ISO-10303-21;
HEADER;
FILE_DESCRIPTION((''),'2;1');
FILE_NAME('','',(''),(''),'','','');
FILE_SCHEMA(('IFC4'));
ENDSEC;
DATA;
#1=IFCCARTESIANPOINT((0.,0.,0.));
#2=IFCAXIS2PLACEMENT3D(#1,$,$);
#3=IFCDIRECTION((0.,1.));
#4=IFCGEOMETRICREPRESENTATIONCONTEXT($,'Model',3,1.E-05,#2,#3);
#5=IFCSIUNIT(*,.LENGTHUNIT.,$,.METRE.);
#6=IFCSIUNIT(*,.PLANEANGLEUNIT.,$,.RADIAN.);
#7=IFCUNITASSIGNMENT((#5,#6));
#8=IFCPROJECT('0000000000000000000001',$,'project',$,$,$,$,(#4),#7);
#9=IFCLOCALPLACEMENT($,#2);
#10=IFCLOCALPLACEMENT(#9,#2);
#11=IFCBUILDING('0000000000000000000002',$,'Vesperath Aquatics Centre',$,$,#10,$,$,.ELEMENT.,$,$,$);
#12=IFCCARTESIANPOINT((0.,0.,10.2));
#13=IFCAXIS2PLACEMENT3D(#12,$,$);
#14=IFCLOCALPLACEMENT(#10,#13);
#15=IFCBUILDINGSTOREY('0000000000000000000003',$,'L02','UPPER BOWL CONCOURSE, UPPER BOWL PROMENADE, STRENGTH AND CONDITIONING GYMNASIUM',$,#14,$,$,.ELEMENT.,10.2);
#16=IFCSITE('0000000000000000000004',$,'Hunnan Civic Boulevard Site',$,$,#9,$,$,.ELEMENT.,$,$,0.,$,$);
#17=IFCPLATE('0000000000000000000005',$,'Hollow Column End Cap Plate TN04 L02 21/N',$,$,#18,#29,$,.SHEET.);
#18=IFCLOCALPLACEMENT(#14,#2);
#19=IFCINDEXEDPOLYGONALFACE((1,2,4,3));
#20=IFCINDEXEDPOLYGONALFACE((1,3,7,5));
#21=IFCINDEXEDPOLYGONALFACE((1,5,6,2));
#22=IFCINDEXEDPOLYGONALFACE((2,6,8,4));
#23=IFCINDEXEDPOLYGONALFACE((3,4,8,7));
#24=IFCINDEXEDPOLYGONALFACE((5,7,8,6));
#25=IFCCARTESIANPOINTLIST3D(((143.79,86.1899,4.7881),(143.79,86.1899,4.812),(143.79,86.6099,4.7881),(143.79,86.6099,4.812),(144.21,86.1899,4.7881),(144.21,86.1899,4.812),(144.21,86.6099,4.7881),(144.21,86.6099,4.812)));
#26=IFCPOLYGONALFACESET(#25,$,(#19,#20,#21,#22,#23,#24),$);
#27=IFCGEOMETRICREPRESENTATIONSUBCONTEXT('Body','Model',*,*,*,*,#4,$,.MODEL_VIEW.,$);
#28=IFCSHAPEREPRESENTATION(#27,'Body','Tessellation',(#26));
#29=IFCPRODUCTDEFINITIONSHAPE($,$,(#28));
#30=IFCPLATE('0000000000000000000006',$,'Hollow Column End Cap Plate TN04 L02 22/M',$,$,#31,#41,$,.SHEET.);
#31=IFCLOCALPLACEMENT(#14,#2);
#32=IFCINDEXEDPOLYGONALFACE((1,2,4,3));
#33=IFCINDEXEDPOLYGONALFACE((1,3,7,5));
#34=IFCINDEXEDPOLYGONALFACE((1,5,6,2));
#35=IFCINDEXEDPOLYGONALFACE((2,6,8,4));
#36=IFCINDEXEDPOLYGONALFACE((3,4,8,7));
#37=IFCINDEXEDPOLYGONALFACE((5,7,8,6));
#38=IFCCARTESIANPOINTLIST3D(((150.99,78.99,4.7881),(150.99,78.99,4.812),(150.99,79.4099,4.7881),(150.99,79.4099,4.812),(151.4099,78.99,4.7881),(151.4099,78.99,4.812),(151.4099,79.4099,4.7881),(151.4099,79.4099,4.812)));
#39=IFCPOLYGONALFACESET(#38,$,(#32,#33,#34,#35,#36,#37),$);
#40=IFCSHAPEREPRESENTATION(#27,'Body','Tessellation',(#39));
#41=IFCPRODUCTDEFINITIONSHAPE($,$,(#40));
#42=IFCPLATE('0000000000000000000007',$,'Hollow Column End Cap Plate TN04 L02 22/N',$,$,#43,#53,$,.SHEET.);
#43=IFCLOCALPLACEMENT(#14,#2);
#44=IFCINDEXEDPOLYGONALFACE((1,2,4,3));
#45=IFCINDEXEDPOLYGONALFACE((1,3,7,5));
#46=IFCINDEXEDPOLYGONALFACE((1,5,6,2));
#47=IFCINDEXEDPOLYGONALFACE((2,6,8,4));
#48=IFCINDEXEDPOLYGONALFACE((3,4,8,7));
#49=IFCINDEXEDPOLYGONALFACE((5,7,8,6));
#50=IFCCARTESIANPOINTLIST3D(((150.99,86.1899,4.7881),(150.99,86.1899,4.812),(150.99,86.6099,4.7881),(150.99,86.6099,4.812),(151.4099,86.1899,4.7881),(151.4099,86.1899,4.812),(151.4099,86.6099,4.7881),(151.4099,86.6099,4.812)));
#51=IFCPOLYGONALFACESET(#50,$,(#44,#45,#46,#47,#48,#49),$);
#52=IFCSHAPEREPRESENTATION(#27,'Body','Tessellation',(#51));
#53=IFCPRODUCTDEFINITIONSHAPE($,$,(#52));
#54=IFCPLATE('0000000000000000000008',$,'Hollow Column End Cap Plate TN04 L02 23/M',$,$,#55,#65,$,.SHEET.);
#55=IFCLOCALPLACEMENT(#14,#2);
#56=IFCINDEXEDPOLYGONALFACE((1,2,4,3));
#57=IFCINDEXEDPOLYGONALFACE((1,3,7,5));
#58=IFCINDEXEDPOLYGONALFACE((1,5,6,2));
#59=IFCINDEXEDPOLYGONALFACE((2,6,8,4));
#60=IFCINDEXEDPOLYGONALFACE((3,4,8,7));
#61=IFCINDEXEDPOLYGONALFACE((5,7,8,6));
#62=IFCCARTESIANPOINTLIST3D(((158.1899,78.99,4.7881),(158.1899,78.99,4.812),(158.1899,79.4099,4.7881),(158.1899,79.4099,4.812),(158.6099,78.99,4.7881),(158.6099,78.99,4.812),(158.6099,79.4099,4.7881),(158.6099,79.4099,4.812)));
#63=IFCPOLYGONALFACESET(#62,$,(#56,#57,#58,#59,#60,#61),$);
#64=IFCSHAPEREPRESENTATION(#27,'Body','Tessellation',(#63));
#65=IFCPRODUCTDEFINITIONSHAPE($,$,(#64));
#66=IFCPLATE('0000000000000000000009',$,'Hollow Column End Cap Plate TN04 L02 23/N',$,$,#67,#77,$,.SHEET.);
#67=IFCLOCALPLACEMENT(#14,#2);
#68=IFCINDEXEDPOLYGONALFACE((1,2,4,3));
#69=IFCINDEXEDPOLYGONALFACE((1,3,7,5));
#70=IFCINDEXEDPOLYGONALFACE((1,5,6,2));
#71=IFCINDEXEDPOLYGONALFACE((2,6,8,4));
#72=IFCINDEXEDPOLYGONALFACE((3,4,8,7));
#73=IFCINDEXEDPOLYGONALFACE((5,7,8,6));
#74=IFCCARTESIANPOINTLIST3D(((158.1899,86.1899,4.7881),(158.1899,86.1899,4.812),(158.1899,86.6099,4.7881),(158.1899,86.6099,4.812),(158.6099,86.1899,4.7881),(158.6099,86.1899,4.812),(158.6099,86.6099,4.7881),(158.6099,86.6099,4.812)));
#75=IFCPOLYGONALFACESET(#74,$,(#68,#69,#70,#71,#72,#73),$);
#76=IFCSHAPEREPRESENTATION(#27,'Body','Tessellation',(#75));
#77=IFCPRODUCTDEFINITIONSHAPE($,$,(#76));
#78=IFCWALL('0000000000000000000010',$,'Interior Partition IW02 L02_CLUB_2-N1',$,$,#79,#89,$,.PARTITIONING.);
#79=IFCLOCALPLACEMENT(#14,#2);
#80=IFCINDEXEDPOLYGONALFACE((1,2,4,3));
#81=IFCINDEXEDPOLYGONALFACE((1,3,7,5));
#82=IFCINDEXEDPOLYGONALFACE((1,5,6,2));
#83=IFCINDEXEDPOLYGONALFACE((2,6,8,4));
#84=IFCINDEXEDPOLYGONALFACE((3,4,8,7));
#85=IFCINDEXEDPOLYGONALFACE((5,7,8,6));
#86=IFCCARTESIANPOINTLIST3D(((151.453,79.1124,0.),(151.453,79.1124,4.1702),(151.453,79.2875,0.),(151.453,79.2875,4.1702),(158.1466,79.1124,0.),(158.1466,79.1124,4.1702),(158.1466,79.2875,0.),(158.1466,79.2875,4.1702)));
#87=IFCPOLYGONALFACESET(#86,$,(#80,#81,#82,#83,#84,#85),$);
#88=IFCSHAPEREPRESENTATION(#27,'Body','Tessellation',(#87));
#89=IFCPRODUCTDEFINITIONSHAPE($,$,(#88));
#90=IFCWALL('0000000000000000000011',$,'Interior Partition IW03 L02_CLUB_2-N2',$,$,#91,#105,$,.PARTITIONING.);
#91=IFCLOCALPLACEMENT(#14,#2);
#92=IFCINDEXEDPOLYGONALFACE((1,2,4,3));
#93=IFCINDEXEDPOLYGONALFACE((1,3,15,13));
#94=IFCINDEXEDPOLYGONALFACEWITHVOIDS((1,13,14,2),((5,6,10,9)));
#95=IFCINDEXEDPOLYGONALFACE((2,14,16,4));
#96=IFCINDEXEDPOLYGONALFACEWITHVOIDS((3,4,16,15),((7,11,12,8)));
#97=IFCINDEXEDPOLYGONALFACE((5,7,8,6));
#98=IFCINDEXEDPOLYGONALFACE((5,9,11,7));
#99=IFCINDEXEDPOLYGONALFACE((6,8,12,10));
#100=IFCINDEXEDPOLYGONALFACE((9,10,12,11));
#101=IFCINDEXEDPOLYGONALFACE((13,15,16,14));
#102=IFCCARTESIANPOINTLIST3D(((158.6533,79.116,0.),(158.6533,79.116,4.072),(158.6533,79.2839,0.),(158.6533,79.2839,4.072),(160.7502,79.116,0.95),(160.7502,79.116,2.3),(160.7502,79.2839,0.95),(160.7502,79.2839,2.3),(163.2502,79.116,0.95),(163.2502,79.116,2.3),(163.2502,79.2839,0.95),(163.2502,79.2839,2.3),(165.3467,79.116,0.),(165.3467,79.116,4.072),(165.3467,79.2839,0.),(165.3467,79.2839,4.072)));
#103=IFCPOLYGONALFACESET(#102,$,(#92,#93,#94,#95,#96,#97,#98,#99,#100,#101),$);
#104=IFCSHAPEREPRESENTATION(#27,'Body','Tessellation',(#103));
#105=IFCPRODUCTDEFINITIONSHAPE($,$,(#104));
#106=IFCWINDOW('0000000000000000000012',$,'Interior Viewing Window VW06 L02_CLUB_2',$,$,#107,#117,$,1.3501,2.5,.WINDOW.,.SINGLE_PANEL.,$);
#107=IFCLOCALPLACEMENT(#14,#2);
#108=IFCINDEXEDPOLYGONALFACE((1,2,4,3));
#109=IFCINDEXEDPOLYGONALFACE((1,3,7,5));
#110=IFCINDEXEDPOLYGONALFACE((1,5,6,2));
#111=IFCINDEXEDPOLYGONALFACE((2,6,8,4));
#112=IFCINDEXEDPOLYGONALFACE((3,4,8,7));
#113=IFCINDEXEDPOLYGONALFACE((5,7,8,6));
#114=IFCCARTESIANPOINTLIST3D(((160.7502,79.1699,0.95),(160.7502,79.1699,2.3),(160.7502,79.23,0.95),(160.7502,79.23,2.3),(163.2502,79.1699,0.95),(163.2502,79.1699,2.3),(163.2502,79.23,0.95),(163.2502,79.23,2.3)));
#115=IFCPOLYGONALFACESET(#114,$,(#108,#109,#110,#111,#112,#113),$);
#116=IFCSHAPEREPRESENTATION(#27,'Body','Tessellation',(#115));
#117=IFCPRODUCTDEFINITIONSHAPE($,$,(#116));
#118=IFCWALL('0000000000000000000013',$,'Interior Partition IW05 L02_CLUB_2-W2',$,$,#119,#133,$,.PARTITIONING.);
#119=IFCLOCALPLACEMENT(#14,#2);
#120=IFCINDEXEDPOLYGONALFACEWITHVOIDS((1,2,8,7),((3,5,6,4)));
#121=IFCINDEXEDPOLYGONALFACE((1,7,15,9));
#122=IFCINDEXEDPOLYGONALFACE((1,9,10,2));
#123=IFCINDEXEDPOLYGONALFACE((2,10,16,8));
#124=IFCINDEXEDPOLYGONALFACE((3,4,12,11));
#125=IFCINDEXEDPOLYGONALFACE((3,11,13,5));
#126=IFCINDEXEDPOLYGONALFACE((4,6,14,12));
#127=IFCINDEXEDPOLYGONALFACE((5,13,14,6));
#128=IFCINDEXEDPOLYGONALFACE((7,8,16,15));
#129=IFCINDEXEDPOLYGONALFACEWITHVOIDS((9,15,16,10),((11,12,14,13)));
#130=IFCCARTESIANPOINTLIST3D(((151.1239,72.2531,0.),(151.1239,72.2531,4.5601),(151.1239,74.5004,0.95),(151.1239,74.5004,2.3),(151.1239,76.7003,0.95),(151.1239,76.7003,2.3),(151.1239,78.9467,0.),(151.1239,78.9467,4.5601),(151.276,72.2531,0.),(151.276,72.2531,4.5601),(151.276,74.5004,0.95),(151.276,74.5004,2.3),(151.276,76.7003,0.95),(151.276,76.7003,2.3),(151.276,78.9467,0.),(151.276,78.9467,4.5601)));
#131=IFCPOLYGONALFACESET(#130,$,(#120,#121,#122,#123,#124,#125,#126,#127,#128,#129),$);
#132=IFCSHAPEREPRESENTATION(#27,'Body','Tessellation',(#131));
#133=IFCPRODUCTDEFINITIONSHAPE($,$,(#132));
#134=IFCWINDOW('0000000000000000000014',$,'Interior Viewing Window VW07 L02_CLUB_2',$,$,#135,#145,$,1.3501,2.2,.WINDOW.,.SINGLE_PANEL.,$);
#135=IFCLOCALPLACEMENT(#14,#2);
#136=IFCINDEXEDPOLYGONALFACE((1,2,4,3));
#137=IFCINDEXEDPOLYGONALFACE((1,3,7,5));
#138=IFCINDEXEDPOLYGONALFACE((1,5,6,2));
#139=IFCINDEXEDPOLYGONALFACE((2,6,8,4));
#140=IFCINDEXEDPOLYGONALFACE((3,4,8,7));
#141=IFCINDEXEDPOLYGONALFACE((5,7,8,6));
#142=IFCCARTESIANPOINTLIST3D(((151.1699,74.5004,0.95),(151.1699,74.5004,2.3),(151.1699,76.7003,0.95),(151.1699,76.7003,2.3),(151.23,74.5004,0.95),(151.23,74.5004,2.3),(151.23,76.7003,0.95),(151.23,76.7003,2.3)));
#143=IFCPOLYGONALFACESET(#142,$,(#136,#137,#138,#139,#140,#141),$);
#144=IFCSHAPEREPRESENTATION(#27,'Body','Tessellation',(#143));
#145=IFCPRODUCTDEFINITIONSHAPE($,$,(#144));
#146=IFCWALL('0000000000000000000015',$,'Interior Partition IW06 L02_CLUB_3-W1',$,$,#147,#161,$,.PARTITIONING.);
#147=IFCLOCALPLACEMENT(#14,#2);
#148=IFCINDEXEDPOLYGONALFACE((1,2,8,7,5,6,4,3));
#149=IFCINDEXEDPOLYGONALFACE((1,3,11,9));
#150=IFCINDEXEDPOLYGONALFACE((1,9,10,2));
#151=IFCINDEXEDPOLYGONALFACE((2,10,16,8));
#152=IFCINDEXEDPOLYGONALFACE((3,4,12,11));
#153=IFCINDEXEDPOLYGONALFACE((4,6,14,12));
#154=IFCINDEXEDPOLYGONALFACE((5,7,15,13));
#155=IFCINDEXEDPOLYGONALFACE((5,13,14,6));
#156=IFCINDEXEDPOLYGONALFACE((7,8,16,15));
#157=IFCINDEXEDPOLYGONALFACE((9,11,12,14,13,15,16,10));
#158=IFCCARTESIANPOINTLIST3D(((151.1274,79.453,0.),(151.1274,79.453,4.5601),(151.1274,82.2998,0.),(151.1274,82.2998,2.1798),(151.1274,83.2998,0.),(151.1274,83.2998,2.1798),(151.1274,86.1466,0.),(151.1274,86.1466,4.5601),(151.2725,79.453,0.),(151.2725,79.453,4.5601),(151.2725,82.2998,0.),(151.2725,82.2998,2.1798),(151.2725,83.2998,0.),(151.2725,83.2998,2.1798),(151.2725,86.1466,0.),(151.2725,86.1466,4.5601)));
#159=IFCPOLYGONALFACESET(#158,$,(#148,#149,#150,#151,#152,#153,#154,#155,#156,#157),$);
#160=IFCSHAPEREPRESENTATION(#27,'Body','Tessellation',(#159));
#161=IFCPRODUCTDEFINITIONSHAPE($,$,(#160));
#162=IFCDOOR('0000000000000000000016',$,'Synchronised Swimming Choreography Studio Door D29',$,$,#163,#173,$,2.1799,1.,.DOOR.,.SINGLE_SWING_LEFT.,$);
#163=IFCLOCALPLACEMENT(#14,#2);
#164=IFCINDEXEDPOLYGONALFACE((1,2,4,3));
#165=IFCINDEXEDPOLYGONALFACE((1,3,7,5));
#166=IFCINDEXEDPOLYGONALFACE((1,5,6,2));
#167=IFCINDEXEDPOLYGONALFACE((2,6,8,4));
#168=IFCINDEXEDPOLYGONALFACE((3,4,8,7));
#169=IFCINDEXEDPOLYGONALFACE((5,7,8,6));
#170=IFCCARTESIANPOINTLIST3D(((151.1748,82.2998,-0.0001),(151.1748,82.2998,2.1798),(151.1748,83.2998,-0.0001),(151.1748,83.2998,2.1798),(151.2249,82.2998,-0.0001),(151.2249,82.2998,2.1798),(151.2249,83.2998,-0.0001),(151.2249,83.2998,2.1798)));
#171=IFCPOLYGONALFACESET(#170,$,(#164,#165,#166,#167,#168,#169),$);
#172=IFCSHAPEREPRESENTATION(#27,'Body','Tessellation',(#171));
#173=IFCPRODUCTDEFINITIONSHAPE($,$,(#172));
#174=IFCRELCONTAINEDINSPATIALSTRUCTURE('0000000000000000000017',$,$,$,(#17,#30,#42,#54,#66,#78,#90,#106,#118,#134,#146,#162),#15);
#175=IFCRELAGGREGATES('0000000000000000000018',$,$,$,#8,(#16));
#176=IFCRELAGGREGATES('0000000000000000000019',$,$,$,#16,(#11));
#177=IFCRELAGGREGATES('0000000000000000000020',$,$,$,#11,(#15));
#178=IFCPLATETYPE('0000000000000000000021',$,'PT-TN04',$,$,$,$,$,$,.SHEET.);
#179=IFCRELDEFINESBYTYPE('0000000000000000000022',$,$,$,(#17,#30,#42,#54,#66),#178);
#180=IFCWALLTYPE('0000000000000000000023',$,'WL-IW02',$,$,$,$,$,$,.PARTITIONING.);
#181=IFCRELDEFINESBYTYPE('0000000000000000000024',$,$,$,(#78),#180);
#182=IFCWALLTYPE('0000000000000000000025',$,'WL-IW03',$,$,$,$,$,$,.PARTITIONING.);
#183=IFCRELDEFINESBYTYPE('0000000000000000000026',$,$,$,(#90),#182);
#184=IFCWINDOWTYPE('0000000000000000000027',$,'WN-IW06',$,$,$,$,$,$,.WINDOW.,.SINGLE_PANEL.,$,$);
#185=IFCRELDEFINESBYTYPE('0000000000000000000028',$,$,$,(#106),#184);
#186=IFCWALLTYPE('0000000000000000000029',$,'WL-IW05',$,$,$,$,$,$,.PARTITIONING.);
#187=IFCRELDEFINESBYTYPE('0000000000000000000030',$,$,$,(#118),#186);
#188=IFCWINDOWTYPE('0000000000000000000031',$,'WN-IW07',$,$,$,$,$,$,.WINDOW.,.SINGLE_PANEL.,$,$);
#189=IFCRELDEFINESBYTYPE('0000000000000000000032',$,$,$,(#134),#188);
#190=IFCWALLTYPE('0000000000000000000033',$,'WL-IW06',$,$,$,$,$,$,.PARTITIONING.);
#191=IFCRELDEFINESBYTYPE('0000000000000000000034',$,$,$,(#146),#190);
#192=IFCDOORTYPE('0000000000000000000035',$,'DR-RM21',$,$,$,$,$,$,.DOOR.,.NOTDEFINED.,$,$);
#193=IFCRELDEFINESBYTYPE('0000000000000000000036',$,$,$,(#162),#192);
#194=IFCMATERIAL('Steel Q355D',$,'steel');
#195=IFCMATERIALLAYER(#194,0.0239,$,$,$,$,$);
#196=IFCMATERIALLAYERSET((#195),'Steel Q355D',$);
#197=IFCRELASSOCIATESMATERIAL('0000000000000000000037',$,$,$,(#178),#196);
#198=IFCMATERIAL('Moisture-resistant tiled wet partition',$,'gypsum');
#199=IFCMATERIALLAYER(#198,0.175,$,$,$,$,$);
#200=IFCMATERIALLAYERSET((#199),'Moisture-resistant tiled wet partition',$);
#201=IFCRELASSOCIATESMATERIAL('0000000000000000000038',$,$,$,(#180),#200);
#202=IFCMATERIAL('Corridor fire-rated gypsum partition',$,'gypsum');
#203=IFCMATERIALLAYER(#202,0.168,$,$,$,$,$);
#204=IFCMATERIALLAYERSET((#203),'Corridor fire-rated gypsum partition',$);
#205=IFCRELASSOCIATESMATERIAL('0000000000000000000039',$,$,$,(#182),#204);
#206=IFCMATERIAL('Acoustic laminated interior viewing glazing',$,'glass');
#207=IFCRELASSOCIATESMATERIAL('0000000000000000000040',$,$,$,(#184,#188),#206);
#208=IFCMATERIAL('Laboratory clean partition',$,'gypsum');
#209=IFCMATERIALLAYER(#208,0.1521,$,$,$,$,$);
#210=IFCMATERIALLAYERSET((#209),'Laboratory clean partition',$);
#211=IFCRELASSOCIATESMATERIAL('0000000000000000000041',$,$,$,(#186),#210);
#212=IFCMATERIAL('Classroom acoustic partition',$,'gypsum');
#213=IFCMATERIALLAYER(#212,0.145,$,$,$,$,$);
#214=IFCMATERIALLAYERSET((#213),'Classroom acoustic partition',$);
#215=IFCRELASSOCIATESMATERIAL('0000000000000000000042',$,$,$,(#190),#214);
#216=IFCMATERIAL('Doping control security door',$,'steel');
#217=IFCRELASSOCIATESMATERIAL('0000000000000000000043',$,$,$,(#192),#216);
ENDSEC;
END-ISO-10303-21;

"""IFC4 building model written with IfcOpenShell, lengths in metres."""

from ifc_helpers import new_model, si_unit, direction, frame, frame_2d, origin, origin_2d, place, context, subcontext, project, spatial, rectangle, extrude, material, layer, layer_set, type_object, element, fill, save


model = new_model("IFC4")

# Units and contexts
model_context = context("Model", 3, precision=1e-05, world=origin(), true_north=direction((0.0, 1.0)))
body_context = subcontext(model_context, "Body", "Model", "MODEL_VIEW")
ifc_project = project(units=[si_unit("LENGTHUNIT", "METRE"), si_unit("PLANEANGLEUNIT", "RADIAN")], contexts=[model_context])

# Site, building, storey
site_placement = place(None, origin())
site = spatial("IfcSite", under=ifc_project, at=site_placement, Name="Hunnan Civic Boulevard Site", CompositionType="ELEMENT", RefElevation=0.0)
building_placement = place(site_placement, origin())
building = spatial("IfcBuilding", under=site, at=building_placement, Name="Vesperath Aquatics Centre", CompositionType="ELEMENT")
storey_placement = place(building_placement, frame((0.0, 0.0, 10.2)))
storey = spatial("IfcBuildingStorey", under=building, at=storey_placement, Name="L02", Description="UPPER BOWL CONCOURSE, UPPER BOWL PROMENADE, STRENGTH AND CONDITIONING GYMNASIUM", CompositionType="ELEMENT", Elevation=10.2)

# Shared definitions
ifc_material_1 = material(Name="Steel Q355D", Category="steel")

# Plates
ifc_layer_1 = layer(ifc_material_1, 0.0239)
ifc_layer_set_1 = layer_set([ifc_layer_1], Name="Steel Q355D")
plate_type = type_object("IfcPlateType", Name="PT-TN04", PredefinedType="SHEET", material=ifc_layer_set_1)
for number, where, z_axis, x_axis, name in (
    (1, (144.0, 86.3999, 4.7881), (0.0, 0.0, 1.0), (1.0, 0.0, 0.0), "Hollow Column End Cap Plate TN04 L02 21/N"),
    (2, (151.2, 79.2, 4.7881), (0.0, 0.0, 1.0), (1.0, 0.0, 0.0), "Hollow Column End Cap Plate TN04 L02 22/M"),
    (3, (151.2, 86.3999, 4.7881), (0.0, 0.0, 1.0), (1.0, 0.0, 0.0), "Hollow Column End Cap Plate TN04 L02 22/N"),
    (4, (158.3999, 79.2, 4.7881), (0.0, 0.0, 1.0), (1.0, 0.0, 0.0), "Hollow Column End Cap Plate TN04 L02 23/M"),
    (5, (158.3999, 86.3999, 4.7881), (0.0, 0.0, 1.0), (1.0, 0.0, 0.0), "Hollow Column End Cap Plate TN04 L02 23/N"),
):
    element("IfcPlate", number, at=place(storey_placement, frame(where, z_axis=z_axis, x_axis=x_axis)), inside=storey, type_object=plate_type, Name=name, PredefinedType="SHEET", context=body_context, shape_type="SweptSolid", body=[
        extrude(rectangle(XDim=0.4199, YDim=0.4199, at=origin_2d()), origin(), (0.0, 0.0, 1.0), 0.0239),
    ])

# Wall
ifc_material_2 = material(Name="Moisture-resistant tiled wet partition", Category="gypsum")
ifc_layer_2 = layer(ifc_material_2, 0.175)
ifc_layer_set_2 = layer_set([ifc_layer_2], Name="Moisture-resistant tiled wet partition")
wall_type_1 = type_object("IfcWallType", Name="WL-IW02", PredefinedType="PARTITIONING", material=ifc_layer_set_2)
wall_1_placement = place(storey_placement, frame((151.4531, 79.2, 0.0), z_axis=(0.0, 0.0, 1.0), x_axis=(1.0, 0.0, 0.0)))
element("IfcWall", 6, at=wall_1_placement, inside=storey, type_object=wall_type_1, Name="Interior Partition IW02 L02_CLUB_2-N1", PredefinedType="PARTITIONING", context=body_context, shape_type="SweptSolid", body=[
    extrude(rectangle(XDim=6.6936, YDim=0.175, at=frame_2d((3.3467, 0.0))), origin(), (0.0, 0.0, 1.0), 4.1702),
])

# Walls, openings, windows
ifc_material_3 = material(Name="Corridor fire-rated gypsum partition", Category="gypsum")
ifc_layer_3 = layer(ifc_material_3, 0.168)
ifc_layer_set_3 = layer_set([ifc_layer_3], Name="Corridor fire-rated gypsum partition")
wall_type_2 = type_object("IfcWallType", Name="WL-IW03", PredefinedType="PARTITIONING", material=ifc_layer_set_3)
wall_2_placement = place(storey_placement, frame((158.6533, 79.2, 0.0), z_axis=(0.0, 0.0, 1.0), x_axis=(1.0, 0.0, 0.0)))
wall_2 = element("IfcWall", 7, at=wall_2_placement, inside=storey, type_object=wall_type_2, Name="Interior Partition IW03 L02_CLUB_2-N2", PredefinedType="PARTITIONING", context=body_context, shape_type="SweptSolid", body=[
    extrude(rectangle(XDim=6.6934, YDim=0.168, at=frame_2d((3.3467, 0.0))), origin(), (0.0, 0.0, 1.0), 4.072),
])
opening_1_placement = place(wall_2_placement, frame((2.0969, 0.0, 0.95)))
opening_1 = element("IfcOpeningElement", 8, at=opening_1_placement, cuts=wall_2, PredefinedType="OPENING", context=body_context, shape_type="SweptSolid", body=[
    extrude(rectangle(XDim=2.5, YDim=1.3501, at=frame_2d((1.25, 0.675))), frame((0.0, 0.0989, 0.0), z_axis=(0.0, -1.0, 0.0), x_axis=(1.0, 0.0, 0.0)), (0.0, 0.0, 1.0), 0.1978),
])
ifc_material_4 = material(Name="Acoustic laminated interior viewing glazing", Category="glass")
window_type_1 = type_object("IfcWindowType", Name="WN-IW06", PartitioningType="SINGLE_PANEL", PredefinedType="WINDOW", material=ifc_material_4)
window_1_placement = place(opening_1_placement, origin())
window_1 = element("IfcWindow", 9, at=window_1_placement, inside=storey, type_object=window_type_1, Name="Interior Viewing Window VW06 L02_CLUB_2", OverallHeight=1.3501, OverallWidth=2.5, PartitioningType="SINGLE_PANEL", PredefinedType="WINDOW", context=body_context, shape_type="SweptSolid", body=[
    extrude(rectangle(XDim=2.5, YDim=1.3501, at=frame_2d((1.25, 0.675))), frame((0.0, 0.03, 0.0), z_axis=(0.0, -1.0, 0.0), x_axis=(1.0, 0.0, 0.0)), (0.0, 0.0, 1.0), 0.0601),
])
fill(opening_1, window_1)
ifc_material_5 = material(Name="Laboratory clean partition", Category="gypsum")
ifc_layer_4 = layer(ifc_material_5, 0.1521)
ifc_layer_set_4 = layer_set([ifc_layer_4], Name="Laboratory clean partition")
wall_type_3 = type_object("IfcWallType", Name="WL-IW05", PredefinedType="PARTITIONING", material=ifc_layer_set_4)
wall_3_placement = place(storey_placement, frame((151.2, 72.2532, 0.0), z_axis=(0.0, 0.0, 1.0), x_axis=(0.0, 1.0, 0.0)))
wall_3 = element("IfcWall", 10, at=wall_3_placement, inside=storey, type_object=wall_type_3, Name="Interior Partition IW05 L02_CLUB_2-W2", PredefinedType="PARTITIONING", context=body_context, shape_type="SweptSolid", body=[
    extrude(rectangle(XDim=6.6936, YDim=0.1521, at=frame_2d((3.3467, 0.0))), origin(), (0.0, 0.0, 1.0), 4.5601),
])
opening_2_placement = place(wall_3_placement, frame((2.2471, 0.0, 0.95)))
opening_2 = element("IfcOpeningElement", 11, at=opening_2_placement, cuts=wall_3, PredefinedType="OPENING", context=body_context, shape_type="SweptSolid", body=[
    extrude(rectangle(XDim=2.2, YDim=1.3501, at=frame_2d((1.1001, 0.675))), frame((0.0, 0.0908, 0.0), z_axis=(0.0, -1.0, 0.0), x_axis=(1.0, 0.0, 0.0)), (0.0, 0.0, 1.0), 0.1819),
])
window_type_2 = type_object("IfcWindowType", Name="WN-IW07", PartitioningType="SINGLE_PANEL", PredefinedType="WINDOW", material=ifc_material_4)
window_2_placement = place(opening_2_placement, origin())
window_2 = element("IfcWindow", 12, at=window_2_placement, inside=storey, type_object=window_type_2, Name="Interior Viewing Window VW07 L02_CLUB_2", OverallHeight=1.3501, OverallWidth=2.2, PartitioningType="SINGLE_PANEL", PredefinedType="WINDOW", context=body_context, shape_type="SweptSolid", body=[
    extrude(rectangle(XDim=2.2, YDim=1.3501, at=frame_2d((1.1001, 0.675))), frame((0.0, 0.03, 0.0), z_axis=(0.0, -1.0, 0.0), x_axis=(1.0, 0.0, 0.0)), (0.0, 0.0, 1.0), 0.0601),
])
fill(opening_2, window_2)

# Wall, opening, door
ifc_material_6 = material(Name="Classroom acoustic partition", Category="gypsum")
ifc_layer_5 = layer(ifc_material_6, 0.145)
ifc_layer_set_5 = layer_set([ifc_layer_5], Name="Classroom acoustic partition")
wall_type_4 = type_object("IfcWallType", Name="WL-IW06", PredefinedType="PARTITIONING", material=ifc_layer_set_5)
wall_4_placement = place(storey_placement, frame((151.2, 79.4531, 0.0), z_axis=(0.0, 0.0, 1.0), x_axis=(0.0, 1.0, 0.0)))
wall_4 = element("IfcWall", 13, at=wall_4_placement, inside=storey, type_object=wall_type_4, Name="Interior Partition IW06 L02_CLUB_3-W1", PredefinedType="PARTITIONING", context=body_context, shape_type="SweptSolid", body=[
    extrude(rectangle(XDim=6.6936, YDim=0.145, at=frame_2d((3.3467, 0.0))), origin(), (0.0, 0.0, 1.0), 4.5601),
])
opening_3_placement = place(wall_4_placement, frame((2.8467, 0.0, 0.0)))
opening_3 = element("IfcOpeningElement", 14, at=opening_3_placement, cuts=wall_4, PredefinedType="OPENING", context=body_context, shape_type="SweptSolid", body=[
    extrude(rectangle(XDim=1.0, YDim=2.1799, at=frame_2d((0.5, 1.0898))), frame((0.0, 0.0874, 0.0), z_axis=(0.0, -1.0, 0.0), x_axis=(1.0, 0.0, 0.0)), (0.0, 0.0, 1.0), 0.1748),
])
ifc_material_7 = material(Name="Doping control security door", Category="steel")
door_type = type_object("IfcDoorType", Name="DR-RM21", OperationType="NOTDEFINED", PredefinedType="DOOR", material=ifc_material_7)
door_placement = place(opening_3_placement, frame((1.0, 0.0, 0.0), z_axis=(0.0, 0.0, 1.0), x_axis=(-1.0, 0.0, 0.0)))
door = element("IfcDoor", 15, at=door_placement, inside=storey, type_object=door_type, Name="Synchronised Swimming Choreography Studio Door D29", OperationType="SINGLE_SWING_LEFT", OverallHeight=2.1799, OverallWidth=1.0, PredefinedType="DOOR", context=body_context, shape_type="SweptSolid", body=[
    extrude(rectangle(XDim=1.0, YDim=2.1799, at=frame_2d((0.5, 1.0898))), frame((0.0, 0.0249, 0.0), z_axis=(0.0, -1.0, 0.0), x_axis=(1.0, 0.0, 0.0)), (0.0, 0.0, 1.0), 0.05),
])
fill(opening_3, door)

save(model, "model.ifc")
